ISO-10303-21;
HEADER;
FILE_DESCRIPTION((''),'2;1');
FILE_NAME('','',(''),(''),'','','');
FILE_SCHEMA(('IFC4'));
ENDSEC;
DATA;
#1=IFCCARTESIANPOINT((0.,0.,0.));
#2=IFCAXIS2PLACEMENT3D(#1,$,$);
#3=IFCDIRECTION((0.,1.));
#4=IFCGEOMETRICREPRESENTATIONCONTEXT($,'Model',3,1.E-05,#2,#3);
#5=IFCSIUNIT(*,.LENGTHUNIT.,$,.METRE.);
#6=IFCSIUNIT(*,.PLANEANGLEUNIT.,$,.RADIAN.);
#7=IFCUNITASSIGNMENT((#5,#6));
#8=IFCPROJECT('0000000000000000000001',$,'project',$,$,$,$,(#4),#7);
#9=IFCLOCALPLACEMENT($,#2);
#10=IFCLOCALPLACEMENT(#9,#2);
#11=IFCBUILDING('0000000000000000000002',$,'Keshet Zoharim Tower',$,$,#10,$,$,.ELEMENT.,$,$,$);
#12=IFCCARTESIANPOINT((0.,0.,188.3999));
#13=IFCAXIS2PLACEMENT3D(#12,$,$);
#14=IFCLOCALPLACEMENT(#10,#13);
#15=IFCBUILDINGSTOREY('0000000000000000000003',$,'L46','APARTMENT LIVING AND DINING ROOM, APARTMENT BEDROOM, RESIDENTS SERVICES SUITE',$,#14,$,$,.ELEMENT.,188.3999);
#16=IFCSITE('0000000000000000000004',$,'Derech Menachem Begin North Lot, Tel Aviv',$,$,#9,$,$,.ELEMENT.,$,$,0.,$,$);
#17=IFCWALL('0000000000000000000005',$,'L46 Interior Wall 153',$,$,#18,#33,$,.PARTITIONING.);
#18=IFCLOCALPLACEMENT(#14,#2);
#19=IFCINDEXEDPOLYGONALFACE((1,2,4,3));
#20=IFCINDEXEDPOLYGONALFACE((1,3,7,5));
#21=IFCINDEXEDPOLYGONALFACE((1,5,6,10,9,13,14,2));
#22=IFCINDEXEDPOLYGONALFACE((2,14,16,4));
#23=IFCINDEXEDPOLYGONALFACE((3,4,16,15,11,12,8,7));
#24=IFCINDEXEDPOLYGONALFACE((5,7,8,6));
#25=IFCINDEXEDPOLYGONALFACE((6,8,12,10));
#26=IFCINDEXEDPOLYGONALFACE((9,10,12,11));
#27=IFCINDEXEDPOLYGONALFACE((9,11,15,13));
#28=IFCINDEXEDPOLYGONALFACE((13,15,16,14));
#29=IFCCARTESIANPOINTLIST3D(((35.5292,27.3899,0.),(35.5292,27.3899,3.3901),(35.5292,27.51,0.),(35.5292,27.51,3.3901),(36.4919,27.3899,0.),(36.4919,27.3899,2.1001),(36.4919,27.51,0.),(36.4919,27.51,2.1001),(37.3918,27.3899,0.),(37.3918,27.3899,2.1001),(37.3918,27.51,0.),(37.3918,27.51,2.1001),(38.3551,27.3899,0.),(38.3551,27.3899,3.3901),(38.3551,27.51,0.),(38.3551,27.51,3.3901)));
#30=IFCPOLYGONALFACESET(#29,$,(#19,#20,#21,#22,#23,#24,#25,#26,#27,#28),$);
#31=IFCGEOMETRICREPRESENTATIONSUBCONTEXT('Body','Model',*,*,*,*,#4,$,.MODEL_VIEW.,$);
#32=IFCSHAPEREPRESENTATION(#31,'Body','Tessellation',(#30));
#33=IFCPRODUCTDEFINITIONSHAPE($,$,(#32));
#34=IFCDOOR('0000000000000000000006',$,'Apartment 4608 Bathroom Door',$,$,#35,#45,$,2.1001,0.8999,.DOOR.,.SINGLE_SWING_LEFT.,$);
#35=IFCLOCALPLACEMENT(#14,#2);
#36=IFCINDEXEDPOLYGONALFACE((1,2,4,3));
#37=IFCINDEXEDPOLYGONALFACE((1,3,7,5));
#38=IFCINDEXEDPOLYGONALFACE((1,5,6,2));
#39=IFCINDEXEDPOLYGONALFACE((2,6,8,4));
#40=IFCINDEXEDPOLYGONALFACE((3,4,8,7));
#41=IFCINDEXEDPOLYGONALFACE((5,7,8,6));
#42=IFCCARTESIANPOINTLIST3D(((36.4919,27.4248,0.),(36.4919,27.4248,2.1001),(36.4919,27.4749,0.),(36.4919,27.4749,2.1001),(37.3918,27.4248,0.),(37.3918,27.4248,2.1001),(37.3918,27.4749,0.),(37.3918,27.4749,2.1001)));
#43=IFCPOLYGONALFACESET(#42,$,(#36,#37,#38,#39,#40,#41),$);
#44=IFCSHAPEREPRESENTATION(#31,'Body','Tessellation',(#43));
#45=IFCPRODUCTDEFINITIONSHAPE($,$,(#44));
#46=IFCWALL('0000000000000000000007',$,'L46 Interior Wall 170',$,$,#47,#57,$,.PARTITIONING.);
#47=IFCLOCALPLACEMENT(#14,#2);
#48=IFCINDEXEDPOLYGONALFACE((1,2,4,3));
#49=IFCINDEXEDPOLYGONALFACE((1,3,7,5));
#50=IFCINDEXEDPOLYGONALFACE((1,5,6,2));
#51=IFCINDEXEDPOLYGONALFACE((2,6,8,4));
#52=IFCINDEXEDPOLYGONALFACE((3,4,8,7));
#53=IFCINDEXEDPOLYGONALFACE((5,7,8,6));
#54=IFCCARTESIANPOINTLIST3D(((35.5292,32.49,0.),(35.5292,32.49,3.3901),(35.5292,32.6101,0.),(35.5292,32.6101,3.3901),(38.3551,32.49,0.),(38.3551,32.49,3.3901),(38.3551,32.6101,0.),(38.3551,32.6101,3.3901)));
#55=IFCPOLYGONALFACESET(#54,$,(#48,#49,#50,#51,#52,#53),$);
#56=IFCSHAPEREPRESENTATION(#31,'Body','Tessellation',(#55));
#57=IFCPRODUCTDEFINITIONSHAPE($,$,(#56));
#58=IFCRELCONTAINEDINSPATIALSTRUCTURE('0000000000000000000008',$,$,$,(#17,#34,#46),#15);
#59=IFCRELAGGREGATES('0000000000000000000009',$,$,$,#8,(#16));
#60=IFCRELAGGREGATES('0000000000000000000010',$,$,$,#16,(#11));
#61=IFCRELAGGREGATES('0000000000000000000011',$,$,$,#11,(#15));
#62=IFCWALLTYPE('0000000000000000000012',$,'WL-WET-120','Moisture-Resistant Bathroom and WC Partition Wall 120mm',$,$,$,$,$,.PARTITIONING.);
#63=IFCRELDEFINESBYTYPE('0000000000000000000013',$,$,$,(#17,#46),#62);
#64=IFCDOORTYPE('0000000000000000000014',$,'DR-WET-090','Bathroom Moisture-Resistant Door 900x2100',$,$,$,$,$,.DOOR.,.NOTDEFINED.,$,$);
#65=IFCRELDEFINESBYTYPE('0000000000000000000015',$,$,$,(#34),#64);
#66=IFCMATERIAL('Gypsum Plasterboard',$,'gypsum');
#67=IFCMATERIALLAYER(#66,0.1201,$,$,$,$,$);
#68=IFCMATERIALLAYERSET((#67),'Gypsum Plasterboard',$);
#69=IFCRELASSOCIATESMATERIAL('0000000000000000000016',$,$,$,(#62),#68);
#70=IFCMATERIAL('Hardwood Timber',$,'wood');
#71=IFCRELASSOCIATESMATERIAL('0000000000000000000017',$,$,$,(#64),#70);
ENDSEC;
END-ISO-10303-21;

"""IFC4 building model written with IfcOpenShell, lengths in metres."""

from ifc_helpers import new_model, si_unit, direction, frame, frame_2d, origin, place, context, subcontext, project, spatial, rectangle, extrude, material, layer, layer_set, type_object, element, fill, save


model = new_model("IFC4")

# Units and contexts
model_context = context("Model", 3, precision=1e-05, world=origin(), true_north=direction((0.0, 1.0)))
body_context = subcontext(model_context, "Body", "Model", "MODEL_VIEW")
ifc_project = project(units=[si_unit("LENGTHUNIT", "METRE"), si_unit("PLANEANGLEUNIT", "RADIAN")], contexts=[model_context])

# Site, building, storey
site_placement = place(None, origin())
site = spatial("IfcSite", under=ifc_project, at=site_placement, Name="Derech Menachem Begin North Lot, Tel Aviv", CompositionType="ELEMENT", RefElevation=0.0)
building_placement = place(site_placement, origin())
building = spatial("IfcBuilding", under=site, at=building_placement, Name="Keshet Zoharim Tower", CompositionType="ELEMENT")
storey_placement = place(building_placement, frame((0.0, 0.0, 188.3999)))
storey = spatial("IfcBuildingStorey", under=building, at=storey_placement, Name="L46", Description="APARTMENT LIVING AND DINING ROOM, APARTMENT BEDROOM, RESIDENTS SERVICES SUITE", CompositionType="ELEMENT", Elevation=188.3999)

# Shared definitions
ifc_material_1 = material(Name="Gypsum Plasterboard", Category="gypsum")
ifc_material_2 = material(Name="Hardwood Timber", Category="wood")

# Shared definitions
ifc_layer_1 = layer(ifc_material_1, 0.1201)
ifc_layer_set_1 = layer_set([ifc_layer_1], Name="Gypsum Plasterboard")
wall_type_1 = type_object("IfcWallType", Name="WL-WET-120", Description="Moisture-Resistant Bathroom and WC Partition Wall 120mm", PredefinedType="PARTITIONING", material=ifc_layer_set_1)

# Wall, opening, door
wall_1_placement = place(storey_placement, frame((35.5291, 27.45, 0.0), z_axis=(0.0, 0.0, 1.0), x_axis=(1.0, 0.0, 0.0)))
wall_1 = element("IfcWall", 1, at=wall_1_placement, inside=storey, type_object=wall_type_1, Name="L46 Interior Wall 153", PredefinedType="PARTITIONING", context=body_context, shape_type="SweptSolid", body=[
    extrude(rectangle(XDim=2.8259, YDim=0.1201, at=frame_2d((1.4131, 0.0))), origin(), (0.0, 0.0, 1.0), 3.3901),
])
opening_1_placement = place(wall_1_placement, frame((0.9629, 0.0, 0.0)))
opening_1 = element("IfcOpeningElement", 2, at=opening_1_placement, cuts=wall_1, PredefinedType="OPENING", context=body_context, shape_type="SweptSolid", body=[
    extrude(rectangle(XDim=0.8999, YDim=2.1001, at=frame_2d((0.45, 1.05))), frame((0.0, 0.0701, 0.0), z_axis=(0.0, -1.0, 0.0), x_axis=(1.0, 0.0, 0.0)), (0.0, 0.0, 1.0), 0.1401),
])
door_type_1 = type_object("IfcDoorType", Name="DR-WET-090", Description="Bathroom Moisture-Resistant Door 900x2100", OperationType="NOTDEFINED", PredefinedType="DOOR", material=ifc_material_2)
door_1_placement = place(opening_1_placement, origin())
door_1 = element("IfcDoor", 3, at=door_1_placement, inside=storey, type_object=door_type_1, Name="Apartment 4608 Bathroom Door", OperationType="SINGLE_SWING_LEFT", OverallHeight=2.1001, OverallWidth=0.8999, PredefinedType="DOOR", context=body_context, shape_type="SweptSolid", body=[
    extrude(rectangle(XDim=0.8999, YDim=2.1001, at=frame_2d((0.45, 1.05))), frame((0.0, 0.0249, 0.0), z_axis=(0.0, -1.0, 0.0), x_axis=(1.0, 0.0, 0.0)), (0.0, 0.0, 1.0), 0.05),
])
fill(opening_1, door_1)

# Wall
wall_2_placement = place(storey_placement, frame((35.5291, 32.55, 0.0), z_axis=(0.0, 0.0, 1.0), x_axis=(1.0, 0.0, 0.0)))
element("IfcWall", 4, at=wall_2_placement, inside=storey, type_object=wall_type_1, Name="L46 Interior Wall 170", PredefinedType="PARTITIONING", context=body_context, shape_type="SweptSolid", body=[
    extrude(rectangle(XDim=2.8259, YDim=0.1201, at=frame_2d((1.4131, 0.0))), origin(), (0.0, 0.0, 1.0), 3.3901),
])

save(model, "model.ifc")
